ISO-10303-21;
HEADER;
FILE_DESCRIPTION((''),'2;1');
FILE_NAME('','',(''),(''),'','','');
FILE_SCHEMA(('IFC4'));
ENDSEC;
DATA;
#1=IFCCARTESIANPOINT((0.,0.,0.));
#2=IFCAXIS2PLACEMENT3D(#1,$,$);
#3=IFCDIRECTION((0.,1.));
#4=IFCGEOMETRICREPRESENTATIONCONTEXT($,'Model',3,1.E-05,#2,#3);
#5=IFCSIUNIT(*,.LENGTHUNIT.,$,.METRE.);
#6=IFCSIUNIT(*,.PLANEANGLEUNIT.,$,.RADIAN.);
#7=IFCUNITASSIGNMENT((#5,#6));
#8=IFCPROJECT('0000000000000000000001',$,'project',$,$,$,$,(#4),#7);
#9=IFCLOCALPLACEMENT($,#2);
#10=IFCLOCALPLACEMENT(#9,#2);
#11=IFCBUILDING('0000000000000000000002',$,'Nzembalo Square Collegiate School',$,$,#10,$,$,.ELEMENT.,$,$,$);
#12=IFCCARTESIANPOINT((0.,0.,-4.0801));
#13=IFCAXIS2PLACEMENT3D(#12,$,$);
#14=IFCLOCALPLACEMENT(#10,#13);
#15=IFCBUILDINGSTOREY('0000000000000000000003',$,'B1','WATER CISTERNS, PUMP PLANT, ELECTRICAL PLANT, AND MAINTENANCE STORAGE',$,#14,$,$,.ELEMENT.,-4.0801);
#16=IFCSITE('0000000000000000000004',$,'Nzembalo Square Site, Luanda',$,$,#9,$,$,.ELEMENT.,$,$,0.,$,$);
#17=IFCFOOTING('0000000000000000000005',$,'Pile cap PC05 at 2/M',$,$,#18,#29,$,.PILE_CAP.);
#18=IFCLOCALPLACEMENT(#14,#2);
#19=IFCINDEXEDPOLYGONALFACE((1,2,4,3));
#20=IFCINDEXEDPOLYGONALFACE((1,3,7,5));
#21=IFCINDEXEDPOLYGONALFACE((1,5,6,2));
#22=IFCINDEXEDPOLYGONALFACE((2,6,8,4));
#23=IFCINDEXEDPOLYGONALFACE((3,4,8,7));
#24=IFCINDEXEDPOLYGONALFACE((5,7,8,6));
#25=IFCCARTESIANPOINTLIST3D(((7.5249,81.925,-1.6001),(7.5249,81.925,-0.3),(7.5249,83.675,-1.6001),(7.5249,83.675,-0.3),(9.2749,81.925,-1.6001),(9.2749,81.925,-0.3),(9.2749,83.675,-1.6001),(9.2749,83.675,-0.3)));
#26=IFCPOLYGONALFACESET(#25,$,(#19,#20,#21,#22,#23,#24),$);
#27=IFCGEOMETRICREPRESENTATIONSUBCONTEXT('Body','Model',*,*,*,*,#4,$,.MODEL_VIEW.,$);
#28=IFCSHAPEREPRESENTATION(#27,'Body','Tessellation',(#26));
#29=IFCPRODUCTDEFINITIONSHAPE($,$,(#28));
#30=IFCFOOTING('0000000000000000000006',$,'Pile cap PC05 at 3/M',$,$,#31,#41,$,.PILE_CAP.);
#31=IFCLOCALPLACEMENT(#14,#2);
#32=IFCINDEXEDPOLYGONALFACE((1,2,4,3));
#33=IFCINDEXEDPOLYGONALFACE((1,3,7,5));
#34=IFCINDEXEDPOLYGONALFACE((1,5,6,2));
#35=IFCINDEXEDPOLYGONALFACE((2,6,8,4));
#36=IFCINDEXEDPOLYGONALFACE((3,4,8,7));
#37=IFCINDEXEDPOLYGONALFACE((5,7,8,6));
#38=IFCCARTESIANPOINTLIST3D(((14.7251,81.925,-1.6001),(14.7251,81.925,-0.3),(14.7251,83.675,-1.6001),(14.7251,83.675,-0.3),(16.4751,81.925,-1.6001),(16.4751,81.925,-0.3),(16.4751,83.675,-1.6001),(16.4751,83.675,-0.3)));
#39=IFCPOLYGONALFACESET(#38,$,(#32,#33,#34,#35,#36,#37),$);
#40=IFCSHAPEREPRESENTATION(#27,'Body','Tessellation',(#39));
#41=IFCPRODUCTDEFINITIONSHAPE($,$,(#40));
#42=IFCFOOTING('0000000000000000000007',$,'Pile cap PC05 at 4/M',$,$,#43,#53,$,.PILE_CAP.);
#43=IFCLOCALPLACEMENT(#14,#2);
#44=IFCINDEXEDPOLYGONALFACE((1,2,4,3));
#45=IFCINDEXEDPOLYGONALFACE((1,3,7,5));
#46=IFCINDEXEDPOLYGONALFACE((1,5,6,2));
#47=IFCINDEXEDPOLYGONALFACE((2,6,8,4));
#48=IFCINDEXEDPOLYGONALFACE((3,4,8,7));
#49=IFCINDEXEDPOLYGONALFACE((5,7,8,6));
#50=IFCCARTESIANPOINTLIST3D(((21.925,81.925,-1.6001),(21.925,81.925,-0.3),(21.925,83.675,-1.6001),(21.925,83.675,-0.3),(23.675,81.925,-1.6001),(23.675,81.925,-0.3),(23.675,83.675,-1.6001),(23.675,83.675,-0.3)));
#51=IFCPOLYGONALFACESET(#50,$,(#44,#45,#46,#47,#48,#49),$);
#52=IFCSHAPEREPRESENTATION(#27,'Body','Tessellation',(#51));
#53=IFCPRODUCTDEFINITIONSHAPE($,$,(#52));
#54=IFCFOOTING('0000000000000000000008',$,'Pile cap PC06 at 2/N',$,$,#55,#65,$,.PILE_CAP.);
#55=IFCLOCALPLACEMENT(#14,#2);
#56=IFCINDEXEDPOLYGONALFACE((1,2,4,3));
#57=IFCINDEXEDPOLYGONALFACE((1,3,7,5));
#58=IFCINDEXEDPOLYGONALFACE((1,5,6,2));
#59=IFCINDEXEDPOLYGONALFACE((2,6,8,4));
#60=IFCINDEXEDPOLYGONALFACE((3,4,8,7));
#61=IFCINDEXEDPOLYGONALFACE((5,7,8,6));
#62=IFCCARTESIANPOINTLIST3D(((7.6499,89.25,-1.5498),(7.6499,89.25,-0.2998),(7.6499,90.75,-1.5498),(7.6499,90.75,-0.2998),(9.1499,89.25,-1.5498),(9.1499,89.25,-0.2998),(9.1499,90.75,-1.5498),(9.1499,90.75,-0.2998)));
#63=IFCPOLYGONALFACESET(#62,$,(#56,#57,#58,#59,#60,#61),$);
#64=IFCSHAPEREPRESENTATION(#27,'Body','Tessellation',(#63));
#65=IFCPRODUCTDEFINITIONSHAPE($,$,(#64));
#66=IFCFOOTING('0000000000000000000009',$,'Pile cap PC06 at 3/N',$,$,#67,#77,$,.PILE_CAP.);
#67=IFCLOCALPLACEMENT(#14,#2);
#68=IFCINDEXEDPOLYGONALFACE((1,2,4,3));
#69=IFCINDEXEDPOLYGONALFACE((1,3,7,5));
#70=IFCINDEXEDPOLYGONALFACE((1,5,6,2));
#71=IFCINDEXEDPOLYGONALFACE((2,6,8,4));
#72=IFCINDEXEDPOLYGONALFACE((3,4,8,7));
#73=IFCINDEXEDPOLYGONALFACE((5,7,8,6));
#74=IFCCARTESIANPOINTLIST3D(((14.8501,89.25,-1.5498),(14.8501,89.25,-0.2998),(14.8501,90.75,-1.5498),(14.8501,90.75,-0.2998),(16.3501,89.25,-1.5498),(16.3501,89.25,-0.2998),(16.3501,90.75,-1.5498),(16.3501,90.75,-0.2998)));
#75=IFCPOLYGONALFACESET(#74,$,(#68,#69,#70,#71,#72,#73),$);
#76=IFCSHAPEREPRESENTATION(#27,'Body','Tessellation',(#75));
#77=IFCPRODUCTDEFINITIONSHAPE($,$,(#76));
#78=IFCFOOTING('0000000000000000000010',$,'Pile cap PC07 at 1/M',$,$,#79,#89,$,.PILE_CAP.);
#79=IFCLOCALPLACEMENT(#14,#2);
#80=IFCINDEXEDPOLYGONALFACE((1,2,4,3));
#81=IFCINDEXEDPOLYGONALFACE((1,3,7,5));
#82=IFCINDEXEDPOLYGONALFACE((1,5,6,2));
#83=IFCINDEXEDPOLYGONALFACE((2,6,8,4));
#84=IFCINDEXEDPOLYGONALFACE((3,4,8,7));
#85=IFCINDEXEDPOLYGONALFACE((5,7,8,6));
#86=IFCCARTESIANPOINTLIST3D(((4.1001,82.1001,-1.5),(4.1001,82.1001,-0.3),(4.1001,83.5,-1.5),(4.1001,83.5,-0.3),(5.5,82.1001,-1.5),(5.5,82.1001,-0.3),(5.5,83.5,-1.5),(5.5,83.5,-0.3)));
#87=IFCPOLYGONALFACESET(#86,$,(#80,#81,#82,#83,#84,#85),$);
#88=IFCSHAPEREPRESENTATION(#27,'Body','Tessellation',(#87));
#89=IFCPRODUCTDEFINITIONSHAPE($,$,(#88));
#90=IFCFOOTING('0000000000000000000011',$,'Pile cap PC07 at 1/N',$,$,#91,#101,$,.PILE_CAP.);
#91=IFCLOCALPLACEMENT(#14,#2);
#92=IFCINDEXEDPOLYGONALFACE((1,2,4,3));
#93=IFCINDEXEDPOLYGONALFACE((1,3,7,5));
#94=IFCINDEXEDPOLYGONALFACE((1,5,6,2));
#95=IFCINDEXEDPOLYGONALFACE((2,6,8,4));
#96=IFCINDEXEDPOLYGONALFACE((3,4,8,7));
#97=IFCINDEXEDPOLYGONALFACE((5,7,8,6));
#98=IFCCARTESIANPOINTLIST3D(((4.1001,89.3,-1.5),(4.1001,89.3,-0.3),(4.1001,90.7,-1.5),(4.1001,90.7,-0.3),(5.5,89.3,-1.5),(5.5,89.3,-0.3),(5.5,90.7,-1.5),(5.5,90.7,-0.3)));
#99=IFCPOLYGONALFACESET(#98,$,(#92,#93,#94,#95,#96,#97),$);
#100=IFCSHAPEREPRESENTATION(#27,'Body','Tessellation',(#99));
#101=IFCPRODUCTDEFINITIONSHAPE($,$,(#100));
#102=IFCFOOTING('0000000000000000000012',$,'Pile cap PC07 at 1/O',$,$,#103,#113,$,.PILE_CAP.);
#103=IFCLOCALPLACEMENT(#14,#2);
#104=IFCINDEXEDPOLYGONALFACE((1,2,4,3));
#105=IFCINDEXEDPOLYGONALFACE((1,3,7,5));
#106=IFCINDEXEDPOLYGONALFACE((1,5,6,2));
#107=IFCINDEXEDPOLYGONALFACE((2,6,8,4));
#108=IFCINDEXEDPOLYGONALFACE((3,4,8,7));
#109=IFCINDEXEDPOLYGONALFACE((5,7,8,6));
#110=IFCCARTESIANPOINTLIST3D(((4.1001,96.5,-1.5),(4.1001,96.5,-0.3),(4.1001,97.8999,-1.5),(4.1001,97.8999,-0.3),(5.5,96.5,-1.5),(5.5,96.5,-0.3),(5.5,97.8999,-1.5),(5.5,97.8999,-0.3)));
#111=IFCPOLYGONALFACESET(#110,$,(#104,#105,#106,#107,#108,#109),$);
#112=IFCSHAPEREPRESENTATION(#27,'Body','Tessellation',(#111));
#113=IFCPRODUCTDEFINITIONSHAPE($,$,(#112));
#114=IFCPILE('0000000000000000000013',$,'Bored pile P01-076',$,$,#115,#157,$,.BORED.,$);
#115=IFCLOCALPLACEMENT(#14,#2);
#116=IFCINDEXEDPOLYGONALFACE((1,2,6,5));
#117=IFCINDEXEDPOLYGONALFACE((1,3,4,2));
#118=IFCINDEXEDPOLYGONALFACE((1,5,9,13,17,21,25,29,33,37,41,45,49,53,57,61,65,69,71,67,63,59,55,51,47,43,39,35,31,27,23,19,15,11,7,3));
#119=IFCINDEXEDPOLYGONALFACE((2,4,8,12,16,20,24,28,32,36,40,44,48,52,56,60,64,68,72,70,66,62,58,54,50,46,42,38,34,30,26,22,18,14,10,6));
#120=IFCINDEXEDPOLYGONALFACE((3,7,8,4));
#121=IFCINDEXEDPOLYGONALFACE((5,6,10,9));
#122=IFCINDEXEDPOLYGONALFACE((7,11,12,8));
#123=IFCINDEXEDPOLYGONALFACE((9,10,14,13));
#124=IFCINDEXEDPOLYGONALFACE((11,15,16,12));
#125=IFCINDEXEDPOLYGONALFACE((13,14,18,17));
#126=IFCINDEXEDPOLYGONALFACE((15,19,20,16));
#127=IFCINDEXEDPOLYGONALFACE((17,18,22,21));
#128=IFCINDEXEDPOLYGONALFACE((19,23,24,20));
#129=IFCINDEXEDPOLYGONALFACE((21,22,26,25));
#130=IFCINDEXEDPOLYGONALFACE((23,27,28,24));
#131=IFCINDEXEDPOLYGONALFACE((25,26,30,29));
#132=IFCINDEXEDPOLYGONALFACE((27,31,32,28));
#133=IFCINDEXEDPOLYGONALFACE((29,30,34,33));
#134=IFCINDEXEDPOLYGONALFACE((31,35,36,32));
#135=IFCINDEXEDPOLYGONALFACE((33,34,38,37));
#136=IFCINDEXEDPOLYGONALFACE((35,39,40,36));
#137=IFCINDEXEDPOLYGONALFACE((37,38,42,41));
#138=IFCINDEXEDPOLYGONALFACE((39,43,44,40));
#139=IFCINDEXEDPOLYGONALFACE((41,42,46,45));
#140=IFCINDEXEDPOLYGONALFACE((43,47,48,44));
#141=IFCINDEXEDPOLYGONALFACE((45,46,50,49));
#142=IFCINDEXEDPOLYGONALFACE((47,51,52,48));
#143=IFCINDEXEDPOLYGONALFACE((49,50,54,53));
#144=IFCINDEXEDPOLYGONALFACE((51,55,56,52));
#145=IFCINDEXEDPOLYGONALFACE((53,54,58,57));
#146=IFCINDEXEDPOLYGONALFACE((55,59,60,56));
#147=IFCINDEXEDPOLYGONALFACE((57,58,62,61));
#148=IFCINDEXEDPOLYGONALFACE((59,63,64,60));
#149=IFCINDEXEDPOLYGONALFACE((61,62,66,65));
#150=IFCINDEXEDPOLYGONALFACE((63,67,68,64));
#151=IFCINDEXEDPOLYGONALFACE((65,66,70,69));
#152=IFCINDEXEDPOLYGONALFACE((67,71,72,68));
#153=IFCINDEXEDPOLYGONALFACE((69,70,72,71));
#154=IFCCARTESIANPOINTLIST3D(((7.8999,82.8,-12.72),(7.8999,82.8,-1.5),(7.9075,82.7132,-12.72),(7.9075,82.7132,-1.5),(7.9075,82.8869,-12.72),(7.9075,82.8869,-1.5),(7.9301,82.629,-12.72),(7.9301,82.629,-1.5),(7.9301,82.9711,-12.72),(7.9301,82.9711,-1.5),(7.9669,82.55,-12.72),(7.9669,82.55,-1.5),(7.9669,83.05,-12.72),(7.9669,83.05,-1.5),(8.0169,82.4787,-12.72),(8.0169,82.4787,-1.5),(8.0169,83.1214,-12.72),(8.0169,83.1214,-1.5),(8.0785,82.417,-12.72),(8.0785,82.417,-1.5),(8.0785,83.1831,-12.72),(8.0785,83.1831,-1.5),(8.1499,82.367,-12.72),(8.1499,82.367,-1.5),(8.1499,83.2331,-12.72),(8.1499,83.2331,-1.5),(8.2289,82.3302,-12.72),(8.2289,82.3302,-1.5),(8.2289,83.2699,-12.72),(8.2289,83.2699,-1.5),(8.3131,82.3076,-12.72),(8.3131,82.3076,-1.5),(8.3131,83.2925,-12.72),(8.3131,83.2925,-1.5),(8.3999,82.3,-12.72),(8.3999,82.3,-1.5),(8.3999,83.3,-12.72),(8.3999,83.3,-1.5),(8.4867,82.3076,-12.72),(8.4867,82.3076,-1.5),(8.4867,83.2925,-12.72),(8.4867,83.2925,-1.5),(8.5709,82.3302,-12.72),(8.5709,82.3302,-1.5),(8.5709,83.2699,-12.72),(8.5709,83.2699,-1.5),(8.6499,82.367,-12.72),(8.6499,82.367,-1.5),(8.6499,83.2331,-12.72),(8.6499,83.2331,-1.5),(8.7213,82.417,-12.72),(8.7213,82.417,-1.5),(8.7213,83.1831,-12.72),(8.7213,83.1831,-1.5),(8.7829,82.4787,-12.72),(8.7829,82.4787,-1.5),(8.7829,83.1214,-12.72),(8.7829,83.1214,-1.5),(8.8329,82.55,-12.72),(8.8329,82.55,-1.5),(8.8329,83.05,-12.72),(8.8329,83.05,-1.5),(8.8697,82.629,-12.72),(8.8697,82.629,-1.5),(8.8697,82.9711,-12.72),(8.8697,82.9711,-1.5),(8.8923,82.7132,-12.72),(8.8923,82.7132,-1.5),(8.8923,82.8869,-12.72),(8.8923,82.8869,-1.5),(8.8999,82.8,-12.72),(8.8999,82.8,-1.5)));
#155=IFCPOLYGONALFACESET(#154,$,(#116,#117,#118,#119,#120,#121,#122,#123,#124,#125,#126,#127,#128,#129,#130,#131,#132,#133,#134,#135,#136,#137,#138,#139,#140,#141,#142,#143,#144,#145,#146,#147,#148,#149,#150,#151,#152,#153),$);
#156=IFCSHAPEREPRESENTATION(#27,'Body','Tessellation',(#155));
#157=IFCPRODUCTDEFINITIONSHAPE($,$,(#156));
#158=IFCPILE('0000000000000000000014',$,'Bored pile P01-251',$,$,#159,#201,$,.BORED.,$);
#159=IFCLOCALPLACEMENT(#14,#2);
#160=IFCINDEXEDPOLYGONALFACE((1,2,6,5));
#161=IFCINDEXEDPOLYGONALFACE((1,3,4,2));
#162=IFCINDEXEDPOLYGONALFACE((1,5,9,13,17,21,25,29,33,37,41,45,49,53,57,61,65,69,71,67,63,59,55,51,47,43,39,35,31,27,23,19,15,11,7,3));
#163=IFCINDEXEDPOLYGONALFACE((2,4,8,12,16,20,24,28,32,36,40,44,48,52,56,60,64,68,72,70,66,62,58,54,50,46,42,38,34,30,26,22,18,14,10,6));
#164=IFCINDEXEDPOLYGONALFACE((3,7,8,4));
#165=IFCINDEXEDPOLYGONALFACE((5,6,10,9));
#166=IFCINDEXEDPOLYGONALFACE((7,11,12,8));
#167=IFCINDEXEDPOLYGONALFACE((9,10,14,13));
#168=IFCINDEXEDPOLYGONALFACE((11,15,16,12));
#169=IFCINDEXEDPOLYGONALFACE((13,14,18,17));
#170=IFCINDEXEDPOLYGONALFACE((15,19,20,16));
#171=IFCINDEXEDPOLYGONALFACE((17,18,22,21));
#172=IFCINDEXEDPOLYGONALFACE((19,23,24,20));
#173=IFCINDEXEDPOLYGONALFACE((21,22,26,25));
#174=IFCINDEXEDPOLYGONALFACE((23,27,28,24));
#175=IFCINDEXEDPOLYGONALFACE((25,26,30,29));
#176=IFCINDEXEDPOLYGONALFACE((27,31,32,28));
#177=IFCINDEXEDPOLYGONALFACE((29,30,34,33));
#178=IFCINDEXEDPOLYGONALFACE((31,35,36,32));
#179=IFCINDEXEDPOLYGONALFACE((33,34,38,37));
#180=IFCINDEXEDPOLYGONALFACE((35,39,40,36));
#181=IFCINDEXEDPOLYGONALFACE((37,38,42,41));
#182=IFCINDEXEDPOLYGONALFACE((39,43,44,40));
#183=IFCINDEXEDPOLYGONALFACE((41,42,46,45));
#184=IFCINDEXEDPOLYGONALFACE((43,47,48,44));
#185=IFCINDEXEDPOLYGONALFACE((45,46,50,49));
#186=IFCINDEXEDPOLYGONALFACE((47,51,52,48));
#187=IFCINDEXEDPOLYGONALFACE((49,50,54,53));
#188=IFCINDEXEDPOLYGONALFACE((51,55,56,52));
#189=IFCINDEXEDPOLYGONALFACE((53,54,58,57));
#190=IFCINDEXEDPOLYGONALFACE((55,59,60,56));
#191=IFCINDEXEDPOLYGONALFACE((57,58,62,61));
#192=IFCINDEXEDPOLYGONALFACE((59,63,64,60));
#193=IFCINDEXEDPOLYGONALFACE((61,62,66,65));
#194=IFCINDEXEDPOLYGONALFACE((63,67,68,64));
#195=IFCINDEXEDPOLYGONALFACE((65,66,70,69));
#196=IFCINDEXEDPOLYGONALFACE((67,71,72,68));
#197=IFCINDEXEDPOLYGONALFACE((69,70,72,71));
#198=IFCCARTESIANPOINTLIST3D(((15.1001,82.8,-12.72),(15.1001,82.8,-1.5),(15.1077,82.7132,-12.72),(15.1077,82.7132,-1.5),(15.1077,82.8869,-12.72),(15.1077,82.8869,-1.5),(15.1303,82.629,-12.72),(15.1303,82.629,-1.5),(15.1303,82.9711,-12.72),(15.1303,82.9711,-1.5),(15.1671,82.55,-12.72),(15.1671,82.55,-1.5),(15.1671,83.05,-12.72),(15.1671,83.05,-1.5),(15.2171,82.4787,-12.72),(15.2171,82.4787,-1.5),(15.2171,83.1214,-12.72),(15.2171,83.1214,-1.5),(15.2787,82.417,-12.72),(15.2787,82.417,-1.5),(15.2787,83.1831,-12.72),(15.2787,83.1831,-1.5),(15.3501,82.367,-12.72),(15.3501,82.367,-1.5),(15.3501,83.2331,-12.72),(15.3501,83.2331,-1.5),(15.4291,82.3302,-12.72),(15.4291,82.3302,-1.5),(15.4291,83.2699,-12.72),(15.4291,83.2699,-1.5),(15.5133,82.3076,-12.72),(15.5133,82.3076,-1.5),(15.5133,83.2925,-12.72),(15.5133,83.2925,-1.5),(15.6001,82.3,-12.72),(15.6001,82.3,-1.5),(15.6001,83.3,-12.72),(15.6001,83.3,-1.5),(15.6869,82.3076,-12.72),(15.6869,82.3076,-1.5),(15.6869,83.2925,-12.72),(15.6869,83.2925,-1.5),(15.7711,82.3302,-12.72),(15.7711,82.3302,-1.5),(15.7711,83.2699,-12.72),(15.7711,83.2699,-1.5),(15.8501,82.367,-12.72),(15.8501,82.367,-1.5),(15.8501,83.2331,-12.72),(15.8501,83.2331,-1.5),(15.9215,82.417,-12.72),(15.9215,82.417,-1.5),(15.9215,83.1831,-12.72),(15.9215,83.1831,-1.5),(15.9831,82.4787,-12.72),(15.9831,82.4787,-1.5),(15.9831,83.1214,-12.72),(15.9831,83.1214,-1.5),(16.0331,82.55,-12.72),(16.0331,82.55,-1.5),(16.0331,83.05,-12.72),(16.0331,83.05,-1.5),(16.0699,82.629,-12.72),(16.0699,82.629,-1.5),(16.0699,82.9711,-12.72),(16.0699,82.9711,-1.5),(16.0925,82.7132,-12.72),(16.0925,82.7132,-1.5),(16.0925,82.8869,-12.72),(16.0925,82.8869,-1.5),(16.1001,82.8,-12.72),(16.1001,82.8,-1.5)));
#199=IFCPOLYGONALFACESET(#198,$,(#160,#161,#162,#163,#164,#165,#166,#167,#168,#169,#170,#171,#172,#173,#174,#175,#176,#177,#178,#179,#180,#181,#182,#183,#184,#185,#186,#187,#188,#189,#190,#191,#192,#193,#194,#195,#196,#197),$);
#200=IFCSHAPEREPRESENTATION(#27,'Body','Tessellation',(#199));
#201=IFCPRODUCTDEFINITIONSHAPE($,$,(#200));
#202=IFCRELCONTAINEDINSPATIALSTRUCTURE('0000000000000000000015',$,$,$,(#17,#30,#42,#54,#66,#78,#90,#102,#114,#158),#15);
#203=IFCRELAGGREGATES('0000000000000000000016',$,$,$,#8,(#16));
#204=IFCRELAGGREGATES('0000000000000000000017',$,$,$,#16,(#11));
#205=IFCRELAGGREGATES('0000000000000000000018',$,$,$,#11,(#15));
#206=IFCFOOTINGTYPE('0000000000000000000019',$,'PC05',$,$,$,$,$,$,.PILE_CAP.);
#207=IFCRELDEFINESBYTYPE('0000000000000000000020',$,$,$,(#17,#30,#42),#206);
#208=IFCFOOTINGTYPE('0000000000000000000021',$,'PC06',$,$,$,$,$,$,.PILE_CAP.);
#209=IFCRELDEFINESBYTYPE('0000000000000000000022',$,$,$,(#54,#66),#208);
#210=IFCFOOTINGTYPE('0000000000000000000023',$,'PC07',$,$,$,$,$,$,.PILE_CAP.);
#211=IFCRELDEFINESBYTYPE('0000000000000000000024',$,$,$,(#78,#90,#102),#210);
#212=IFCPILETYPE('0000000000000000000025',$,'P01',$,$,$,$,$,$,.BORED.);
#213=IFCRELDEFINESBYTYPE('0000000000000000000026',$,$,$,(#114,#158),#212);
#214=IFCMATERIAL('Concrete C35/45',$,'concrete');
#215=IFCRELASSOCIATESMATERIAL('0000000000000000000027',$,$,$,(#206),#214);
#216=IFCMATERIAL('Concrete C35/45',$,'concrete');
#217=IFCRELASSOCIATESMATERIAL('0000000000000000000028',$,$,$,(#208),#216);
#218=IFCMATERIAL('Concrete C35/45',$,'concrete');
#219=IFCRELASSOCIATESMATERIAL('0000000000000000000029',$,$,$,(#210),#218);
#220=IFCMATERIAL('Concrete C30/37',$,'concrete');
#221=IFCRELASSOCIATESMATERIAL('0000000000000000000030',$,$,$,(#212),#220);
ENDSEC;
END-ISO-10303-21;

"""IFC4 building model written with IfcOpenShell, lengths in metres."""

from ifc_helpers import new_model, si_unit, direction, frame, origin, origin_2d, place, context, subcontext, project, spatial, rectangle, circle, extrude, material, material_profile, profile_set, type_object, element, save


model = new_model("IFC4")

# Units and contexts
model_context = context("Model", 3, precision=1e-05, world=origin(), true_north=direction((0.0, 1.0)))
body_context = subcontext(model_context, "Body", "Model", "MODEL_VIEW")
ifc_project = project(units=[si_unit("LENGTHUNIT", "METRE"), si_unit("PLANEANGLEUNIT", "RADIAN")], contexts=[model_context])

# Site, building, storey
site_placement = place(None, origin())
site = spatial("IfcSite", under=ifc_project, at=site_placement, Name="Nzembalo Square Site, Luanda", CompositionType="ELEMENT", RefElevation=0.0)
building_placement = place(site_placement, origin())
building = spatial("IfcBuilding", under=site, at=building_placement, Name="Nzembalo Square Collegiate School", CompositionType="ELEMENT")
storey_placement = place(building_placement, frame((0.0, 0.0, -4.0801)))
storey = spatial("IfcBuildingStorey", under=building, at=storey_placement, Name="B1", Description="WATER CISTERNS, PUMP PLANT, ELECTRICAL PLANT, AND MAINTENANCE STORAGE", CompositionType="ELEMENT", Elevation=-4.0801)

# Footings
ifc_material_1 = material(Name="Concrete C35/45", Category="concrete")
footing_type_1 = type_object("IfcFootingType", Name="PC05", PredefinedType="PILE_CAP", material=ifc_material_1)
for number, where, z_axis, x_axis, name in (
    (1, (8.3999, 82.8, -1.6001), (0.0, 0.0, 1.0), (1.0, 0.0, 0.0), "Pile cap PC05 at 2/M"),
    (2, (15.6001, 82.8, -1.6001), (0.0, 0.0, 1.0), (1.0, 0.0, 0.0), "Pile cap PC05 at 3/M"),
    (3, (22.8, 82.8, -1.6001), (0.0, 0.0, 1.0), (1.0, 0.0, 0.0), "Pile cap PC05 at 4/M"),
):
    element("IfcFooting", number, at=place(storey_placement, frame(where, z_axis=z_axis, x_axis=x_axis)), inside=storey, type_object=footing_type_1, Name=name, PredefinedType="PILE_CAP", context=body_context, shape_type="SweptSolid", body=[
        extrude(rectangle(XDim=1.75, YDim=1.75, at=origin_2d()), origin(), (0.0, 0.0, 1.0), 1.3),
    ])
ifc_material_2 = material(Name="Concrete C35/45", Category="concrete")
footing_type_2 = type_object("IfcFootingType", Name="PC06", PredefinedType="PILE_CAP", material=ifc_material_2)
for number, where, z_axis, x_axis, name in (
    (4, (8.3999, 90.0, -1.5498), (0.0, 0.0, 1.0), (1.0, 0.0, 0.0), "Pile cap PC06 at 2/N"),
    (5, (15.6001, 90.0, -1.5498), (0.0, 0.0, 1.0), (1.0, 0.0, 0.0), "Pile cap PC06 at 3/N"),
):
    element("IfcFooting", number, at=place(storey_placement, frame(where, z_axis=z_axis, x_axis=x_axis)), inside=storey, type_object=footing_type_2, Name=name, PredefinedType="PILE_CAP", context=body_context, shape_type="SweptSolid", body=[
        extrude(rectangle(XDim=1.5, YDim=1.5, at=origin_2d()), origin(), (0.0, 0.0, 1.0), 1.25),
    ])
ifc_material_3 = material(Name="Concrete C35/45", Category="concrete")
footing_type_3 = type_object("IfcFootingType", Name="PC07", PredefinedType="PILE_CAP", material=ifc_material_3)
for number, where, z_axis, x_axis, name in (
    (6, (4.8, 82.8, -1.5), (0.0, 0.0, 1.0), (1.0, 0.0, 0.0), "Pile cap PC07 at 1/M"),
    (7, (4.8, 90.0, -1.5), (0.0, 0.0, 1.0), (1.0, 0.0, 0.0), "Pile cap PC07 at 1/N"),
    (8, (4.8, 97.2, -1.5), (0.0, 0.0, 1.0), (1.0, 0.0, 0.0), "Pile cap PC07 at 1/O"),
):
    element("IfcFooting", number, at=place(storey_placement, frame(where, z_axis=z_axis, x_axis=x_axis)), inside=storey, type_object=footing_type_3, Name=name, PredefinedType="PILE_CAP", context=body_context, shape_type="SweptSolid", body=[
        extrude(rectangle(XDim=1.3999, YDim=1.3999, at=origin_2d()), origin(), (0.0, 0.0, 1.0), 1.2),
    ])

# Piles
ifc_material_4 = material(Name="Concrete C30/37", Category="concrete")
ifc_material_profile_1 = material_profile(ifc_material_4, circle(Radius=0.5, at=origin_2d()), Name="PILE D1000")
ifc_profile_set_1 = profile_set([ifc_material_profile_1], Name="Concrete C30/37")
pile_type_1 = type_object("IfcPileType", Name="P01", PredefinedType="BORED", material=ifc_profile_set_1)
for number, where, z_axis, x_axis, name in (
    (9, (8.3999, 82.8, -1.5), (0.0, 0.0, -1.0), (1.0, 0.0, 0.0), "Bored pile P01-076"),
    (10, (15.6001, 82.8, -1.5), (0.0, 0.0, -1.0), (1.0, 0.0, 0.0), "Bored pile P01-251"),
):
    element("IfcPile", number, at=place(storey_placement, frame(where, z_axis=z_axis, x_axis=x_axis)), inside=storey, type_object=pile_type_1, Name=name, PredefinedType="BORED", context=body_context, shape_type="SweptSolid", body=[
        extrude(circle(Radius=0.5, at=origin_2d()), origin(), (0.0, 0.0, 1.0), 11.22),
    ])

save(model, "model.ifc")
